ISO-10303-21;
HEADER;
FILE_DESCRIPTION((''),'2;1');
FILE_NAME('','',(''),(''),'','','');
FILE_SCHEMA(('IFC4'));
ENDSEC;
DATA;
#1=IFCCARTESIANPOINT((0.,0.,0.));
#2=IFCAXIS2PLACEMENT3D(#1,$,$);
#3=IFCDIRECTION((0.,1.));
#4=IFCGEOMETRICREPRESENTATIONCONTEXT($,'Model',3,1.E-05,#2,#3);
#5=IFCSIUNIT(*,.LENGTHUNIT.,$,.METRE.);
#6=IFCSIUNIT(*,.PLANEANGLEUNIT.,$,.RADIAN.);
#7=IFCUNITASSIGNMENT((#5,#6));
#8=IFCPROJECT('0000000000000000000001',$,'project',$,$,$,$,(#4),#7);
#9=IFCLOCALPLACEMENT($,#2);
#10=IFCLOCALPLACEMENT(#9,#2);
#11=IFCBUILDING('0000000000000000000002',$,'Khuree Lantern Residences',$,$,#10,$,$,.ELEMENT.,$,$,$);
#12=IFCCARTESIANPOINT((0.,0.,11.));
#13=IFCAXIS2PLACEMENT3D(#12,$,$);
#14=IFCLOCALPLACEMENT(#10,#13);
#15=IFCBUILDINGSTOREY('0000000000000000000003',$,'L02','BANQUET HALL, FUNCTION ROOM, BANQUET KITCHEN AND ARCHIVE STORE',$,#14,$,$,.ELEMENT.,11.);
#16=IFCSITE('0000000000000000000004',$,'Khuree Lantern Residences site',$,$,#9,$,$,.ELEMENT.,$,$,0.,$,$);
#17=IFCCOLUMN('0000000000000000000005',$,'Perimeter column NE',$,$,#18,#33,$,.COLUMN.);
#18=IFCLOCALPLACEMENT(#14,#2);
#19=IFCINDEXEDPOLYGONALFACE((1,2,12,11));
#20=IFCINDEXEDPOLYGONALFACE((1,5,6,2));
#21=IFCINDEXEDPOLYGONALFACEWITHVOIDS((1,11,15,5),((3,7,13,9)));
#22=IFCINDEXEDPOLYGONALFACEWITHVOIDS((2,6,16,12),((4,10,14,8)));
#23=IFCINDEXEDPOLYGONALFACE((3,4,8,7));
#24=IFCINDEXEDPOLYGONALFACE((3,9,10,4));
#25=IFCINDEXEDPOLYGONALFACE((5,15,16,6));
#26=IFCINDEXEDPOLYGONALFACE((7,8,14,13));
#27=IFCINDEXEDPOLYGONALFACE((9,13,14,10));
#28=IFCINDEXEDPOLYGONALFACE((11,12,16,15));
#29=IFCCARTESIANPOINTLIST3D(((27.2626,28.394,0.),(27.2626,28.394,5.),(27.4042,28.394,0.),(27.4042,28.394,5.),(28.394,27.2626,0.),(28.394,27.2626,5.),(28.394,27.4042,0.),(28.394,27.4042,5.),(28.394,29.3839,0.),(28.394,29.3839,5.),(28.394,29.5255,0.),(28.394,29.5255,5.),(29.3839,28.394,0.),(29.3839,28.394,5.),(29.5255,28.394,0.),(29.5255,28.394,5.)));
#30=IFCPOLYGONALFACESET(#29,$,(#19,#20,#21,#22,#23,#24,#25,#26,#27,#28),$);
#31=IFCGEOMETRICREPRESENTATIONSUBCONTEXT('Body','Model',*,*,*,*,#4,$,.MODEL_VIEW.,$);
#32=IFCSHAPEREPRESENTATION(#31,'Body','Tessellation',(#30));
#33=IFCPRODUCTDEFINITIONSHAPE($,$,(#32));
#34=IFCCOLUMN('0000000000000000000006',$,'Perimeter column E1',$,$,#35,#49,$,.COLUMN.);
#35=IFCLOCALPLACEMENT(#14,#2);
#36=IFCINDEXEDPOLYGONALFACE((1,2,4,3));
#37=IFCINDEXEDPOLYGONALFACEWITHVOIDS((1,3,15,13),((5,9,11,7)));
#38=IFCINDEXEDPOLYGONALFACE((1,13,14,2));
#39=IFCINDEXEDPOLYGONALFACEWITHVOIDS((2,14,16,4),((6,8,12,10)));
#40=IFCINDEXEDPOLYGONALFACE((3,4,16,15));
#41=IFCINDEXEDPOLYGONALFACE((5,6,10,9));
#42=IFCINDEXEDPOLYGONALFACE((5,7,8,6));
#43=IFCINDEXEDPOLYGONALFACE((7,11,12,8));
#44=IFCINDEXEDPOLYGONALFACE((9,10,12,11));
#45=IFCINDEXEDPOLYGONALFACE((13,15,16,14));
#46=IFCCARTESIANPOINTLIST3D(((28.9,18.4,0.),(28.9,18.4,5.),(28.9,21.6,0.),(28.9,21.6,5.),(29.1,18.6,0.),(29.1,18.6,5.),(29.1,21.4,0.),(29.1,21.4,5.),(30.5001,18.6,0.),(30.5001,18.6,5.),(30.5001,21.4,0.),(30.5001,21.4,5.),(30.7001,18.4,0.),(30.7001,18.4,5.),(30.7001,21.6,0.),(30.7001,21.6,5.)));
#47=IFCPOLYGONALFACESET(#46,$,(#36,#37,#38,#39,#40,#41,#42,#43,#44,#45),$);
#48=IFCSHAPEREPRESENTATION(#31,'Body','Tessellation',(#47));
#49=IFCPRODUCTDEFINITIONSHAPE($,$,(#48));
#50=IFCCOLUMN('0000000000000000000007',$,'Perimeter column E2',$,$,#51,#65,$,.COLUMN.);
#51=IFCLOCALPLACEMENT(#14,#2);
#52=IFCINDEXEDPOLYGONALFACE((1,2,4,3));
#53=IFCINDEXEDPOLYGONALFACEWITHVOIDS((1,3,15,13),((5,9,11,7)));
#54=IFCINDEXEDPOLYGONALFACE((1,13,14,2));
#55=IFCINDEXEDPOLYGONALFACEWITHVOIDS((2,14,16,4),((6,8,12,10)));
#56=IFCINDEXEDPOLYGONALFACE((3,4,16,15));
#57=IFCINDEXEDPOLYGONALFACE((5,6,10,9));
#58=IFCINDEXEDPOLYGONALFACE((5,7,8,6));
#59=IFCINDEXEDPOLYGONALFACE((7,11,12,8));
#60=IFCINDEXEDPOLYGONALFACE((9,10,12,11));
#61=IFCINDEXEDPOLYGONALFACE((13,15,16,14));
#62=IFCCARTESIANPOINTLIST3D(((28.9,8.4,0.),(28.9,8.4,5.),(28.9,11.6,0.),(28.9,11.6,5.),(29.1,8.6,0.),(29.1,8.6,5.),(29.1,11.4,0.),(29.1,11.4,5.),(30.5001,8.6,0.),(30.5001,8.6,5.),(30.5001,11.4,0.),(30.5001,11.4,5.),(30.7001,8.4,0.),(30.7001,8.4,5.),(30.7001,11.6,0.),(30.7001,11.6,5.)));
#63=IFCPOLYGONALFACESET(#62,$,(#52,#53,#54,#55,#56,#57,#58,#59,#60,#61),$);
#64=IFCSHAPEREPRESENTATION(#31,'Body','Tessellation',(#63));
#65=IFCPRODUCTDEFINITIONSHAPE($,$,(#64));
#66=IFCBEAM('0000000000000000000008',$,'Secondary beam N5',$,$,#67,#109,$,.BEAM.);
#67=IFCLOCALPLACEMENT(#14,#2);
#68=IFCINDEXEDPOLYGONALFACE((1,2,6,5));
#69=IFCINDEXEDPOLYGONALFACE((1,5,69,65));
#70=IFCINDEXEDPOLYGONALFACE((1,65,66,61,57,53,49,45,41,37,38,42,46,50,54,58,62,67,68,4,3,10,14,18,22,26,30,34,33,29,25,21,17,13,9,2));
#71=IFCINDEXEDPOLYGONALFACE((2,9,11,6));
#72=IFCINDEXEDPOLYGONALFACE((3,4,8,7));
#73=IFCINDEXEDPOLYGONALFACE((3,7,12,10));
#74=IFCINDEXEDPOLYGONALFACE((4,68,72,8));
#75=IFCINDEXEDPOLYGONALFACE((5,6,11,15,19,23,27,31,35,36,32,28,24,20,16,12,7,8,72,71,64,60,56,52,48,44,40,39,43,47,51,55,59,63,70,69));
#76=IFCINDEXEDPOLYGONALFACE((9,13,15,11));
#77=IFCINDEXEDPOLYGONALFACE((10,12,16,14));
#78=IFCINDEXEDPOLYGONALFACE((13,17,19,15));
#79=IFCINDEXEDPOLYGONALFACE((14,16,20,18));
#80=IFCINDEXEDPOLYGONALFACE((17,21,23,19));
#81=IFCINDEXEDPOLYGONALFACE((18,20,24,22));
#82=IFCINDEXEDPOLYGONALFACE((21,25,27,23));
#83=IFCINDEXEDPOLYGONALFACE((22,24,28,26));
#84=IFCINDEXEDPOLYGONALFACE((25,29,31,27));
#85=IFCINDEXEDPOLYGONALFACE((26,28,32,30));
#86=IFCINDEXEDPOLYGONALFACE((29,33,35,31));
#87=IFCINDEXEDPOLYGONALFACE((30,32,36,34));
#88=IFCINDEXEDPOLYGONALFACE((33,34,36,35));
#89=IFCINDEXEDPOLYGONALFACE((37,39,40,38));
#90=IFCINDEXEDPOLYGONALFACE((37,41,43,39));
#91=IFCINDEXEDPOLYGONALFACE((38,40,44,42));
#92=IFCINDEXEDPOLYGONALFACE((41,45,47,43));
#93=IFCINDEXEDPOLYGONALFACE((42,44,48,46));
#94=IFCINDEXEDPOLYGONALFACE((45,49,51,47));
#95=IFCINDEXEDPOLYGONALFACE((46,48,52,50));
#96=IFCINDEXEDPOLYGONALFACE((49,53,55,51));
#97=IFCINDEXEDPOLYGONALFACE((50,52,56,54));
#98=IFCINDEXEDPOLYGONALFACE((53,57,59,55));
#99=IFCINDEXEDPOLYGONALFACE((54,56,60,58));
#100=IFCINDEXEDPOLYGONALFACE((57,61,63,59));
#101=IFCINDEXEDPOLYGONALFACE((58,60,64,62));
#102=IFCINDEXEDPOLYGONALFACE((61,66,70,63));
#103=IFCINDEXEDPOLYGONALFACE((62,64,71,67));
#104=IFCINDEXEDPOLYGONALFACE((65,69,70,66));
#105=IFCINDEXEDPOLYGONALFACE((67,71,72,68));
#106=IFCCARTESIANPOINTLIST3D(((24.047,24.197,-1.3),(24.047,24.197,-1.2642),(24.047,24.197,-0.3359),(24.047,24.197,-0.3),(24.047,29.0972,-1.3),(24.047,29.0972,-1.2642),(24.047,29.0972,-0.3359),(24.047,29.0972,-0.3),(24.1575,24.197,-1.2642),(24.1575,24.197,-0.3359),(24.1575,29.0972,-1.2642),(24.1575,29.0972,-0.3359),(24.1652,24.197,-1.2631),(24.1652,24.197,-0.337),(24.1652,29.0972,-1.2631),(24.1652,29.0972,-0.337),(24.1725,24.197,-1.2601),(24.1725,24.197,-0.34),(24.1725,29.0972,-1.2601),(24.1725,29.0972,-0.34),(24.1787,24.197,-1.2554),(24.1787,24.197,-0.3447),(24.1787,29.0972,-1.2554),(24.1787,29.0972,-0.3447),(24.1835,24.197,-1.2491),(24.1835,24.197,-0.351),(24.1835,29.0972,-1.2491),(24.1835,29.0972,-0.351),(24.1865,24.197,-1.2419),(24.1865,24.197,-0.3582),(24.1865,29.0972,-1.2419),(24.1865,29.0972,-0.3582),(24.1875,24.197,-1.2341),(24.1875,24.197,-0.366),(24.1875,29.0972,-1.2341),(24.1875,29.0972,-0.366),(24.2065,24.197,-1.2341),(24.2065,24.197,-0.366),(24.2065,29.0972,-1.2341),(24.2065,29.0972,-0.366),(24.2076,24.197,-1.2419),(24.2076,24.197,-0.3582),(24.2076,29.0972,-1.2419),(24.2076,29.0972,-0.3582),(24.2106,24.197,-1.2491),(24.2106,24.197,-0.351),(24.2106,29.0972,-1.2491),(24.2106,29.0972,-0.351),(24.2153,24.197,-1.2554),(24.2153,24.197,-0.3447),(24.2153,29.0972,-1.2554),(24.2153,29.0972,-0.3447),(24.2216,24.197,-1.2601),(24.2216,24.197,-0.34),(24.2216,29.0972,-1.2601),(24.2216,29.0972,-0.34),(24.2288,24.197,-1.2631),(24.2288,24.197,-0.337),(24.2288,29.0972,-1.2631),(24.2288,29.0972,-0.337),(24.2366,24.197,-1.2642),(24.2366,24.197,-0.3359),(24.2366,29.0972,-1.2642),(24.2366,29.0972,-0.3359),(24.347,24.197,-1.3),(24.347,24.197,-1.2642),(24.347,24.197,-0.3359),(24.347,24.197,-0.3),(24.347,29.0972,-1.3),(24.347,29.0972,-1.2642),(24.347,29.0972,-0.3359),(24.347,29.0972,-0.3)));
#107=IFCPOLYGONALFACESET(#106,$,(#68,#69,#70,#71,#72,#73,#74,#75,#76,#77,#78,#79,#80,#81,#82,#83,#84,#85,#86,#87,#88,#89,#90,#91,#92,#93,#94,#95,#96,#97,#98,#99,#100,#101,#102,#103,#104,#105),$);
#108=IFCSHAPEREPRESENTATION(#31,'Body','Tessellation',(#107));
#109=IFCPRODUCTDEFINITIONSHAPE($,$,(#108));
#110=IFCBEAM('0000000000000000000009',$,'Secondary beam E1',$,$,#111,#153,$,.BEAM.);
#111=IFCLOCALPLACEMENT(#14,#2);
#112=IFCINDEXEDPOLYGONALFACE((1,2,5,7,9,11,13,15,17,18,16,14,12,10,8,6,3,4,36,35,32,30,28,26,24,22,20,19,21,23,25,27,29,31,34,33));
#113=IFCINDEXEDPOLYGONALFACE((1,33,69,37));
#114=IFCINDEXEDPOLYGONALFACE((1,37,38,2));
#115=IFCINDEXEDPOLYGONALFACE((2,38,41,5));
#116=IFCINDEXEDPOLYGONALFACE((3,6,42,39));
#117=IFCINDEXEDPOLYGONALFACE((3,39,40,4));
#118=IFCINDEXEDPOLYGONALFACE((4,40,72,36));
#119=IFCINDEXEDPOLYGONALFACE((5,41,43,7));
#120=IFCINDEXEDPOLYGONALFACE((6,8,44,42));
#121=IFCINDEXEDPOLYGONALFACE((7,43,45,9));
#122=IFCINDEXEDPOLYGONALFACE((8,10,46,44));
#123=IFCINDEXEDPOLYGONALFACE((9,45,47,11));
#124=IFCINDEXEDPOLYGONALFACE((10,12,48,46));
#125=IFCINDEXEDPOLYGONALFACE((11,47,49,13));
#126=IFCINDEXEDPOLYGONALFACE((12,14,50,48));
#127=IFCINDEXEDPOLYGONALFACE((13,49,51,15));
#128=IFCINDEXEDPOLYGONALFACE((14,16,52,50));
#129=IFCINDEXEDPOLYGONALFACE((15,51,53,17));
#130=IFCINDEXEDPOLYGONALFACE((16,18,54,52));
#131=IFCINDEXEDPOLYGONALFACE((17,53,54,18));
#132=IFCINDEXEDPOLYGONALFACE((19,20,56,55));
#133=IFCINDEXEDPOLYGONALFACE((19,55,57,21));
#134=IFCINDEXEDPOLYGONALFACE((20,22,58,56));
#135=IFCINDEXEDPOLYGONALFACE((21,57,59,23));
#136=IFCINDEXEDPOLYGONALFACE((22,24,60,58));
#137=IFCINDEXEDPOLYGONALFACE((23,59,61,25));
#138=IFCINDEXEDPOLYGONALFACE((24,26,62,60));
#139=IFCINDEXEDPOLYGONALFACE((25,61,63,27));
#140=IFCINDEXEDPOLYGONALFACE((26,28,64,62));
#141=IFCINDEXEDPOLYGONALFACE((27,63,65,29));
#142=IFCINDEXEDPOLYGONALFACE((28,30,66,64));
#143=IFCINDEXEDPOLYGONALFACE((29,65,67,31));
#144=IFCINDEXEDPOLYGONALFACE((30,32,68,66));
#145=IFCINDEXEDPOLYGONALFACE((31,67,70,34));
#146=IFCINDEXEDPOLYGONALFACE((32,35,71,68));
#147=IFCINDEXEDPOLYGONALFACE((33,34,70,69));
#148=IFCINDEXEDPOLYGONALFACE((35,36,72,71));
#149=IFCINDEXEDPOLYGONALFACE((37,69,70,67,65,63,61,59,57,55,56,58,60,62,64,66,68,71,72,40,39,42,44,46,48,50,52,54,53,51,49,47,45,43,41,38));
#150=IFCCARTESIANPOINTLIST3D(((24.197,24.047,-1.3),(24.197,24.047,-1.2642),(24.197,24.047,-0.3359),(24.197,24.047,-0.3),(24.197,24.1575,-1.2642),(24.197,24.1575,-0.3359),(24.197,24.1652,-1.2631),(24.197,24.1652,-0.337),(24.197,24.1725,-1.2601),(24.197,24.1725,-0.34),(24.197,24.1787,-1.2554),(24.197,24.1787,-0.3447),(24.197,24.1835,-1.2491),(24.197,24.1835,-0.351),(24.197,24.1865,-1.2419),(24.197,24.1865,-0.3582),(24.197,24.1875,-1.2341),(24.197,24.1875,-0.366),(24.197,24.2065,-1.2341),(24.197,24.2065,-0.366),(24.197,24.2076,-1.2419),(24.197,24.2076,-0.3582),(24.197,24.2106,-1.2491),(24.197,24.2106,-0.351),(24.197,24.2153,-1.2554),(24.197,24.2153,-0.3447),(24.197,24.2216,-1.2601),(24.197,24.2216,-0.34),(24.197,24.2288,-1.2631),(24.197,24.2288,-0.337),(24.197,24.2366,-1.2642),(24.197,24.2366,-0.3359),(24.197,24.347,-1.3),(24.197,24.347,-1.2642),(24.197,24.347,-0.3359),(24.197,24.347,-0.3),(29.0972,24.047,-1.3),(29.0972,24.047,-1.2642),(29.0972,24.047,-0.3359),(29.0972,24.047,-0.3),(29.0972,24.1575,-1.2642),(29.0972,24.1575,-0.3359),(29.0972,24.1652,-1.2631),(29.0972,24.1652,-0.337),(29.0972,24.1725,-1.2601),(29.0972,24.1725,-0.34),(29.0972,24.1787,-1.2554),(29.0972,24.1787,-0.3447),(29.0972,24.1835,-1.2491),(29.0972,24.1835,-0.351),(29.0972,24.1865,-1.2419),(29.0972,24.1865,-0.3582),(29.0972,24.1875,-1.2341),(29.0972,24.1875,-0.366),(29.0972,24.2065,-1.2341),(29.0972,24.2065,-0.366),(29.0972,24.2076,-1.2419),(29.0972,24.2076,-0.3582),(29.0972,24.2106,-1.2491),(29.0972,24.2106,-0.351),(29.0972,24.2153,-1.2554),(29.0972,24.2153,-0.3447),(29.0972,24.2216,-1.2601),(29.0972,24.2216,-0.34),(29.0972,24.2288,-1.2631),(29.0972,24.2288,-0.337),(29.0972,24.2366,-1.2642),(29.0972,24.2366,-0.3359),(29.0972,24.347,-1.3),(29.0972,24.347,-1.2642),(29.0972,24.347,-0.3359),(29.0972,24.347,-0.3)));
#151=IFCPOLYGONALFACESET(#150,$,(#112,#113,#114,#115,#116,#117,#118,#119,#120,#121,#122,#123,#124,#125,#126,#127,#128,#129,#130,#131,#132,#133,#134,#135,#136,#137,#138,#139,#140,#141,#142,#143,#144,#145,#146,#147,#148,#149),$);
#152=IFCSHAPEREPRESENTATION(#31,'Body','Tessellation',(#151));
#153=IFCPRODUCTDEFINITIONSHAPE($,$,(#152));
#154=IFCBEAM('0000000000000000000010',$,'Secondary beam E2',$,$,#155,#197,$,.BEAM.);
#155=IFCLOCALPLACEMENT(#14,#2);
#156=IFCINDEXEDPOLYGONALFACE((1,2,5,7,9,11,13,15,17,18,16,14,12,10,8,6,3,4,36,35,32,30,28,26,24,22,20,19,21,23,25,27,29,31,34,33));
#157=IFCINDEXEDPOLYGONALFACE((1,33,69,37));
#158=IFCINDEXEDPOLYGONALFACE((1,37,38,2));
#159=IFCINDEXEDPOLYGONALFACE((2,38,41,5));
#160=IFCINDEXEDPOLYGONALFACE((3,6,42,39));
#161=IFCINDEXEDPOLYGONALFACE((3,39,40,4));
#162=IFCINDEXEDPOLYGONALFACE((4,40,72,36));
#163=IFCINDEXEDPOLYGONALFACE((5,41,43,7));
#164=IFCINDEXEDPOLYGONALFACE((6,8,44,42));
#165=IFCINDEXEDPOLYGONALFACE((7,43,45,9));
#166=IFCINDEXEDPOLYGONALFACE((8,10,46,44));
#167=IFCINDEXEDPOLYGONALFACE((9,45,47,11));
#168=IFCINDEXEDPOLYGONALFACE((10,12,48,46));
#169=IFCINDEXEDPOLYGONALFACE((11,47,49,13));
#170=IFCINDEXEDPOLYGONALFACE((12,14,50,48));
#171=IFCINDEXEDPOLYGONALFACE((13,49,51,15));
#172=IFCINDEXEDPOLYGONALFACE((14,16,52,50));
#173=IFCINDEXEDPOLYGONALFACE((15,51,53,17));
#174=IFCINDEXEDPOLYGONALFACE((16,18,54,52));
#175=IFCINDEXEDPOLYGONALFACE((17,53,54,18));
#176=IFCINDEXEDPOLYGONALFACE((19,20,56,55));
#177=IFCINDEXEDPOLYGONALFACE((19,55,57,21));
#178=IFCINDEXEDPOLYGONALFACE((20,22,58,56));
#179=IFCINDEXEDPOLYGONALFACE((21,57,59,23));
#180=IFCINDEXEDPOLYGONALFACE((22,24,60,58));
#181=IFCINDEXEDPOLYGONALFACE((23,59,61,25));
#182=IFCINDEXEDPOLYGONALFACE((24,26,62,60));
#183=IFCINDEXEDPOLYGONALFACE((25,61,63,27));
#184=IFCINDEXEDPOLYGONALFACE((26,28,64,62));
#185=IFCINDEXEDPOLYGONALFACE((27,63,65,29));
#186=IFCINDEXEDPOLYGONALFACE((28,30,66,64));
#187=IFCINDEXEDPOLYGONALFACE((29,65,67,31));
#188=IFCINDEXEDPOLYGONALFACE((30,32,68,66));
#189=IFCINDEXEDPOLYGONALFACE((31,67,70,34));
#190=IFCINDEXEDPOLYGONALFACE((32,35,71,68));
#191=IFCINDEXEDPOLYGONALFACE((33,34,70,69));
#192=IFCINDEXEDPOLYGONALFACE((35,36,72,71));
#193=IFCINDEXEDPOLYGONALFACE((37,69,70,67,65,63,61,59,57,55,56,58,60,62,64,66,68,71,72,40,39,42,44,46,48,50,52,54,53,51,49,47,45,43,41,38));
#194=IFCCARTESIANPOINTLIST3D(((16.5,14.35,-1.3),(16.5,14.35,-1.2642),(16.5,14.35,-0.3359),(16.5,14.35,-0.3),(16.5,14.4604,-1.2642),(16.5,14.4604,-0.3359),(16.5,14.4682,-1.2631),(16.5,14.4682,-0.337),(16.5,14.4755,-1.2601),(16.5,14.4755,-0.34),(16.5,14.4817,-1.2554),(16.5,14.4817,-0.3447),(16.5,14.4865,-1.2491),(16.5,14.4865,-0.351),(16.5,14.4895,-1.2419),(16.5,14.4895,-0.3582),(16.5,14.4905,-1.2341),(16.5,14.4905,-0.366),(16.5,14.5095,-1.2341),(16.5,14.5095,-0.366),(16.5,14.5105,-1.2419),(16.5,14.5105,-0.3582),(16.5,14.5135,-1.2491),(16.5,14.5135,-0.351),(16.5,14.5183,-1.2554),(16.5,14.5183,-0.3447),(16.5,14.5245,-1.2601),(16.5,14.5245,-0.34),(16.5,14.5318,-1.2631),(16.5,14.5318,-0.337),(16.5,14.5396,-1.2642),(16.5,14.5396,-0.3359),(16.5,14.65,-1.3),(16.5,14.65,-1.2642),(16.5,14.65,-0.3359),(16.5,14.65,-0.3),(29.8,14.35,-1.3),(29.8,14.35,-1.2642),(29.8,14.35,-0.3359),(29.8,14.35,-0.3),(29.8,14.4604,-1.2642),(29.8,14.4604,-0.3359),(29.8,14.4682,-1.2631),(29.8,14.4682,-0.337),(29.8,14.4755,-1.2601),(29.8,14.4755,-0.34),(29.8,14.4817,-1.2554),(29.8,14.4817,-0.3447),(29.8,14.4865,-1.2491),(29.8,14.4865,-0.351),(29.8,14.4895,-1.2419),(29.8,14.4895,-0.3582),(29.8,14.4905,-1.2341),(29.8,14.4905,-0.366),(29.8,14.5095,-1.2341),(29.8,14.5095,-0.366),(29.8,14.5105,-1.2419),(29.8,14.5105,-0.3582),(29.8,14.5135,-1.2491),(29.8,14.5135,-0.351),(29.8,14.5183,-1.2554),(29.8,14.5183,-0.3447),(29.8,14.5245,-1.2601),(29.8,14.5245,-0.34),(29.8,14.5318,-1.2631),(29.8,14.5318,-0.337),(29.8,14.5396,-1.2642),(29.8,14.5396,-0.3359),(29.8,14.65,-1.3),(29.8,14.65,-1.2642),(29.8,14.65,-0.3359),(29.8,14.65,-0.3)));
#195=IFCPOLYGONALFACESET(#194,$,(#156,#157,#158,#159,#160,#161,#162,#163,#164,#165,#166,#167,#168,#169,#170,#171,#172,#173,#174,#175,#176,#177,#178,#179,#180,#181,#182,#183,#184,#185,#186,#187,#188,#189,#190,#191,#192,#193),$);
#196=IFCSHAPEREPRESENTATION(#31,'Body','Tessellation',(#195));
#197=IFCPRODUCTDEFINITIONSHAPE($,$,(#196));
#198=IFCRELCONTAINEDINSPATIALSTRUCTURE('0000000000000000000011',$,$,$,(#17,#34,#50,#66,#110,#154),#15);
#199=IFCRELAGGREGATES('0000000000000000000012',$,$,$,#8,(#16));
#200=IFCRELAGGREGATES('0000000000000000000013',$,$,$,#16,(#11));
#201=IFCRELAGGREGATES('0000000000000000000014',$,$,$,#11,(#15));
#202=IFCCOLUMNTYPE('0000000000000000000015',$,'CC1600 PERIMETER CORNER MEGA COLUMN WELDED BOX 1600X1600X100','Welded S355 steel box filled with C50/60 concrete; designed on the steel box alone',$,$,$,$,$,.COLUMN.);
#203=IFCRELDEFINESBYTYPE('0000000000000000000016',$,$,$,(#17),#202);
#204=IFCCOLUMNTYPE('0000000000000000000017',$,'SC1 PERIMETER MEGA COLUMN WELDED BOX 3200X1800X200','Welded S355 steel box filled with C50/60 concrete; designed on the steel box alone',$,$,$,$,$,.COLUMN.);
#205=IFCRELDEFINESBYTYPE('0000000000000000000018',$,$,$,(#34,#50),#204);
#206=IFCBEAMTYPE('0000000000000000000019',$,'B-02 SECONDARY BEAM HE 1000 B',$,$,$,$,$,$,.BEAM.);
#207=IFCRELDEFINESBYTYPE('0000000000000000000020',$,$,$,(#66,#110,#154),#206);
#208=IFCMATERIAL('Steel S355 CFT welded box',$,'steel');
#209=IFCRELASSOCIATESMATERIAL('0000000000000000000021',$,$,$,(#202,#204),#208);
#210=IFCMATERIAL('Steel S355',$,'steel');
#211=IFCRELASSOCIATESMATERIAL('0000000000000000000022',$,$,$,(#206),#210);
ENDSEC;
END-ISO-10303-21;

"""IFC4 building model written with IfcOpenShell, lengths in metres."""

from ifc_helpers import new_model, si_unit, direction, frame, origin, origin_2d, place, context, subcontext, project, spatial, hollow_rectangle, i_section, extrude, material, material_profile, profile_set, type_object, element, save


model = new_model("IFC4")

# Units and contexts
model_context = context("Model", 3, precision=1e-05, world=origin(), true_north=direction((0.0, 1.0)))
body_context = subcontext(model_context, "Body", "Model", "MODEL_VIEW")
ifc_project = project(units=[si_unit("LENGTHUNIT", "METRE"), si_unit("PLANEANGLEUNIT", "RADIAN")], contexts=[model_context])

# Site, building, storey
site_placement = place(None, origin())
site = spatial("IfcSite", under=ifc_project, at=site_placement, Name="Khuree Lantern Residences site", CompositionType="ELEMENT", RefElevation=0.0)
building_placement = place(site_placement, origin())
building = spatial("IfcBuilding", under=site, at=building_placement, Name="Khuree Lantern Residences", CompositionType="ELEMENT")
storey_placement = place(building_placement, frame((0.0, 0.0, 11.0)))
storey = spatial("IfcBuildingStorey", under=building, at=storey_placement, Name="L02", Description="BANQUET HALL, FUNCTION ROOM, BANQUET KITCHEN AND ARCHIVE STORE", CompositionType="ELEMENT", Elevation=11.0)

# Columns
ifc_material_1 = material(Name="Steel S355 CFT welded box", Category="steel")
ifc_material_profile_1 = material_profile(ifc_material_1, hollow_rectangle(XDim=1.6001, YDim=1.6001, WallThickness=0.1001, at=origin_2d()), Name="WELDED BOX 1600X1600X100")
ifc_profile_set_1 = profile_set([ifc_material_profile_1], Name="Steel S355 CFT welded box")
column_type_1 = type_object("IfcColumnType", Name="CC1600 PERIMETER CORNER MEGA COLUMN WELDED BOX 1600X1600X100", Description="Welded S355 steel box filled with C50/60 concrete; designed on the steel box alone", PredefinedType="COLUMN", material=ifc_profile_set_1)
column_placement = place(storey_placement, frame((28.394, 28.394, 0.0), z_axis=(0.0, 0.0, 1.0), x_axis=(0.707107, -0.707107, 0.0)))
element("IfcColumn", 1, at=column_placement, inside=storey, type_object=column_type_1, Name="Perimeter column NE", PredefinedType="COLUMN", context=body_context, shape_type="SweptSolid", body=[
    extrude(hollow_rectangle(XDim=1.6001, YDim=1.6001, WallThickness=0.1001, at=origin_2d()), origin(), (0.0, 0.0, 1.0), 5.0),
])
ifc_material_profile_2 = material_profile(ifc_material_1, hollow_rectangle(XDim=3.2, YDim=1.8, WallThickness=0.2, at=origin_2d()), Name="WELDED BOX 3200X1800X200")
ifc_profile_set_2 = profile_set([ifc_material_profile_2], Name="Steel S355 CFT welded box")
column_type_2 = type_object("IfcColumnType", Name="SC1 PERIMETER MEGA COLUMN WELDED BOX 3200X1800X200", Description="Welded S355 steel box filled with C50/60 concrete; designed on the steel box alone", PredefinedType="COLUMN", material=ifc_profile_set_2)
for number, where, z_axis, x_axis, name in (
    (2, (29.8, 20.0, 0.0), (0.0, 0.0, 1.0), (0.0, 1.0, 0.0), "Perimeter column E1"),
    (3, (29.8, 10.0, 0.0), (0.0, 0.0, 1.0), (0.0, 1.0, 0.0), "Perimeter column E2"),
):
    element("IfcColumn", number, at=place(storey_placement, frame(where, z_axis=z_axis, x_axis=x_axis)), inside=storey, type_object=column_type_2, Name=name, PredefinedType="COLUMN", context=body_context, shape_type="SweptSolid", body=[
        extrude(hollow_rectangle(XDim=3.2, YDim=1.8, WallThickness=0.2, at=origin_2d()), origin(), (0.0, 0.0, 1.0), 5.0),
    ])

# Beams
ifc_material_2 = material(Name="Steel S355", Category="steel")
ifc_material_profile_3 = material_profile(ifc_material_2, i_section(OverallWidth=0.3, OverallDepth=1.0, WebThickness=0.019, FlangeThickness=0.0359, FilletRadius=0.03, at=origin_2d()), Name="HE 1000 B")
ifc_profile_set_3 = profile_set([ifc_material_profile_3], Name="Steel S355")
beam_type_1 = type_object("IfcBeamType", Name="B-02 SECONDARY BEAM HE 1000 B", PredefinedType="BEAM", material=ifc_profile_set_3)
for number, where, z_axis, x_axis, name in (
    (4, (24.197, 29.0972, -0.8), (0.0, -1.0, 0.0), (1.0, 0.0, 0.0), "Secondary beam N5"),
    (5, (29.0972, 24.197, -0.8), (-1.0, 0.0, 0.0), (0.0, -1.0, 0.0), "Secondary beam E1"),
):
    element("IfcBeam", number, at=place(storey_placement, frame(where, z_axis=z_axis, x_axis=x_axis)), inside=storey, type_object=beam_type_1, Name=name, PredefinedType="BEAM", context=body_context, shape_type="SweptSolid", body=[
        extrude(i_section(OverallWidth=0.3, OverallDepth=1.0, WebThickness=0.019, FlangeThickness=0.0359, FilletRadius=0.03, at=origin_2d()), origin(), (0.0, 0.0, 1.0), 4.9001),
    ])
beam_1_placement = place(storey_placement, frame((29.8, 14.5, -0.8), z_axis=(-1.0, 0.0, 0.0), x_axis=(0.0, -1.0, 0.0)))
element("IfcBeam", 6, at=beam_1_placement, inside=storey, type_object=beam_type_1, Name="Secondary beam E2", PredefinedType="BEAM", context=body_context, shape_type="SweptSolid", body=[
    extrude(i_section(OverallWidth=0.3, OverallDepth=1.0, WebThickness=0.019, FlangeThickness=0.0359, FilletRadius=0.03, at=origin_2d()), origin(), (0.0, 0.0, 1.0), 13.3),
])

save(model, "model.ifc")
